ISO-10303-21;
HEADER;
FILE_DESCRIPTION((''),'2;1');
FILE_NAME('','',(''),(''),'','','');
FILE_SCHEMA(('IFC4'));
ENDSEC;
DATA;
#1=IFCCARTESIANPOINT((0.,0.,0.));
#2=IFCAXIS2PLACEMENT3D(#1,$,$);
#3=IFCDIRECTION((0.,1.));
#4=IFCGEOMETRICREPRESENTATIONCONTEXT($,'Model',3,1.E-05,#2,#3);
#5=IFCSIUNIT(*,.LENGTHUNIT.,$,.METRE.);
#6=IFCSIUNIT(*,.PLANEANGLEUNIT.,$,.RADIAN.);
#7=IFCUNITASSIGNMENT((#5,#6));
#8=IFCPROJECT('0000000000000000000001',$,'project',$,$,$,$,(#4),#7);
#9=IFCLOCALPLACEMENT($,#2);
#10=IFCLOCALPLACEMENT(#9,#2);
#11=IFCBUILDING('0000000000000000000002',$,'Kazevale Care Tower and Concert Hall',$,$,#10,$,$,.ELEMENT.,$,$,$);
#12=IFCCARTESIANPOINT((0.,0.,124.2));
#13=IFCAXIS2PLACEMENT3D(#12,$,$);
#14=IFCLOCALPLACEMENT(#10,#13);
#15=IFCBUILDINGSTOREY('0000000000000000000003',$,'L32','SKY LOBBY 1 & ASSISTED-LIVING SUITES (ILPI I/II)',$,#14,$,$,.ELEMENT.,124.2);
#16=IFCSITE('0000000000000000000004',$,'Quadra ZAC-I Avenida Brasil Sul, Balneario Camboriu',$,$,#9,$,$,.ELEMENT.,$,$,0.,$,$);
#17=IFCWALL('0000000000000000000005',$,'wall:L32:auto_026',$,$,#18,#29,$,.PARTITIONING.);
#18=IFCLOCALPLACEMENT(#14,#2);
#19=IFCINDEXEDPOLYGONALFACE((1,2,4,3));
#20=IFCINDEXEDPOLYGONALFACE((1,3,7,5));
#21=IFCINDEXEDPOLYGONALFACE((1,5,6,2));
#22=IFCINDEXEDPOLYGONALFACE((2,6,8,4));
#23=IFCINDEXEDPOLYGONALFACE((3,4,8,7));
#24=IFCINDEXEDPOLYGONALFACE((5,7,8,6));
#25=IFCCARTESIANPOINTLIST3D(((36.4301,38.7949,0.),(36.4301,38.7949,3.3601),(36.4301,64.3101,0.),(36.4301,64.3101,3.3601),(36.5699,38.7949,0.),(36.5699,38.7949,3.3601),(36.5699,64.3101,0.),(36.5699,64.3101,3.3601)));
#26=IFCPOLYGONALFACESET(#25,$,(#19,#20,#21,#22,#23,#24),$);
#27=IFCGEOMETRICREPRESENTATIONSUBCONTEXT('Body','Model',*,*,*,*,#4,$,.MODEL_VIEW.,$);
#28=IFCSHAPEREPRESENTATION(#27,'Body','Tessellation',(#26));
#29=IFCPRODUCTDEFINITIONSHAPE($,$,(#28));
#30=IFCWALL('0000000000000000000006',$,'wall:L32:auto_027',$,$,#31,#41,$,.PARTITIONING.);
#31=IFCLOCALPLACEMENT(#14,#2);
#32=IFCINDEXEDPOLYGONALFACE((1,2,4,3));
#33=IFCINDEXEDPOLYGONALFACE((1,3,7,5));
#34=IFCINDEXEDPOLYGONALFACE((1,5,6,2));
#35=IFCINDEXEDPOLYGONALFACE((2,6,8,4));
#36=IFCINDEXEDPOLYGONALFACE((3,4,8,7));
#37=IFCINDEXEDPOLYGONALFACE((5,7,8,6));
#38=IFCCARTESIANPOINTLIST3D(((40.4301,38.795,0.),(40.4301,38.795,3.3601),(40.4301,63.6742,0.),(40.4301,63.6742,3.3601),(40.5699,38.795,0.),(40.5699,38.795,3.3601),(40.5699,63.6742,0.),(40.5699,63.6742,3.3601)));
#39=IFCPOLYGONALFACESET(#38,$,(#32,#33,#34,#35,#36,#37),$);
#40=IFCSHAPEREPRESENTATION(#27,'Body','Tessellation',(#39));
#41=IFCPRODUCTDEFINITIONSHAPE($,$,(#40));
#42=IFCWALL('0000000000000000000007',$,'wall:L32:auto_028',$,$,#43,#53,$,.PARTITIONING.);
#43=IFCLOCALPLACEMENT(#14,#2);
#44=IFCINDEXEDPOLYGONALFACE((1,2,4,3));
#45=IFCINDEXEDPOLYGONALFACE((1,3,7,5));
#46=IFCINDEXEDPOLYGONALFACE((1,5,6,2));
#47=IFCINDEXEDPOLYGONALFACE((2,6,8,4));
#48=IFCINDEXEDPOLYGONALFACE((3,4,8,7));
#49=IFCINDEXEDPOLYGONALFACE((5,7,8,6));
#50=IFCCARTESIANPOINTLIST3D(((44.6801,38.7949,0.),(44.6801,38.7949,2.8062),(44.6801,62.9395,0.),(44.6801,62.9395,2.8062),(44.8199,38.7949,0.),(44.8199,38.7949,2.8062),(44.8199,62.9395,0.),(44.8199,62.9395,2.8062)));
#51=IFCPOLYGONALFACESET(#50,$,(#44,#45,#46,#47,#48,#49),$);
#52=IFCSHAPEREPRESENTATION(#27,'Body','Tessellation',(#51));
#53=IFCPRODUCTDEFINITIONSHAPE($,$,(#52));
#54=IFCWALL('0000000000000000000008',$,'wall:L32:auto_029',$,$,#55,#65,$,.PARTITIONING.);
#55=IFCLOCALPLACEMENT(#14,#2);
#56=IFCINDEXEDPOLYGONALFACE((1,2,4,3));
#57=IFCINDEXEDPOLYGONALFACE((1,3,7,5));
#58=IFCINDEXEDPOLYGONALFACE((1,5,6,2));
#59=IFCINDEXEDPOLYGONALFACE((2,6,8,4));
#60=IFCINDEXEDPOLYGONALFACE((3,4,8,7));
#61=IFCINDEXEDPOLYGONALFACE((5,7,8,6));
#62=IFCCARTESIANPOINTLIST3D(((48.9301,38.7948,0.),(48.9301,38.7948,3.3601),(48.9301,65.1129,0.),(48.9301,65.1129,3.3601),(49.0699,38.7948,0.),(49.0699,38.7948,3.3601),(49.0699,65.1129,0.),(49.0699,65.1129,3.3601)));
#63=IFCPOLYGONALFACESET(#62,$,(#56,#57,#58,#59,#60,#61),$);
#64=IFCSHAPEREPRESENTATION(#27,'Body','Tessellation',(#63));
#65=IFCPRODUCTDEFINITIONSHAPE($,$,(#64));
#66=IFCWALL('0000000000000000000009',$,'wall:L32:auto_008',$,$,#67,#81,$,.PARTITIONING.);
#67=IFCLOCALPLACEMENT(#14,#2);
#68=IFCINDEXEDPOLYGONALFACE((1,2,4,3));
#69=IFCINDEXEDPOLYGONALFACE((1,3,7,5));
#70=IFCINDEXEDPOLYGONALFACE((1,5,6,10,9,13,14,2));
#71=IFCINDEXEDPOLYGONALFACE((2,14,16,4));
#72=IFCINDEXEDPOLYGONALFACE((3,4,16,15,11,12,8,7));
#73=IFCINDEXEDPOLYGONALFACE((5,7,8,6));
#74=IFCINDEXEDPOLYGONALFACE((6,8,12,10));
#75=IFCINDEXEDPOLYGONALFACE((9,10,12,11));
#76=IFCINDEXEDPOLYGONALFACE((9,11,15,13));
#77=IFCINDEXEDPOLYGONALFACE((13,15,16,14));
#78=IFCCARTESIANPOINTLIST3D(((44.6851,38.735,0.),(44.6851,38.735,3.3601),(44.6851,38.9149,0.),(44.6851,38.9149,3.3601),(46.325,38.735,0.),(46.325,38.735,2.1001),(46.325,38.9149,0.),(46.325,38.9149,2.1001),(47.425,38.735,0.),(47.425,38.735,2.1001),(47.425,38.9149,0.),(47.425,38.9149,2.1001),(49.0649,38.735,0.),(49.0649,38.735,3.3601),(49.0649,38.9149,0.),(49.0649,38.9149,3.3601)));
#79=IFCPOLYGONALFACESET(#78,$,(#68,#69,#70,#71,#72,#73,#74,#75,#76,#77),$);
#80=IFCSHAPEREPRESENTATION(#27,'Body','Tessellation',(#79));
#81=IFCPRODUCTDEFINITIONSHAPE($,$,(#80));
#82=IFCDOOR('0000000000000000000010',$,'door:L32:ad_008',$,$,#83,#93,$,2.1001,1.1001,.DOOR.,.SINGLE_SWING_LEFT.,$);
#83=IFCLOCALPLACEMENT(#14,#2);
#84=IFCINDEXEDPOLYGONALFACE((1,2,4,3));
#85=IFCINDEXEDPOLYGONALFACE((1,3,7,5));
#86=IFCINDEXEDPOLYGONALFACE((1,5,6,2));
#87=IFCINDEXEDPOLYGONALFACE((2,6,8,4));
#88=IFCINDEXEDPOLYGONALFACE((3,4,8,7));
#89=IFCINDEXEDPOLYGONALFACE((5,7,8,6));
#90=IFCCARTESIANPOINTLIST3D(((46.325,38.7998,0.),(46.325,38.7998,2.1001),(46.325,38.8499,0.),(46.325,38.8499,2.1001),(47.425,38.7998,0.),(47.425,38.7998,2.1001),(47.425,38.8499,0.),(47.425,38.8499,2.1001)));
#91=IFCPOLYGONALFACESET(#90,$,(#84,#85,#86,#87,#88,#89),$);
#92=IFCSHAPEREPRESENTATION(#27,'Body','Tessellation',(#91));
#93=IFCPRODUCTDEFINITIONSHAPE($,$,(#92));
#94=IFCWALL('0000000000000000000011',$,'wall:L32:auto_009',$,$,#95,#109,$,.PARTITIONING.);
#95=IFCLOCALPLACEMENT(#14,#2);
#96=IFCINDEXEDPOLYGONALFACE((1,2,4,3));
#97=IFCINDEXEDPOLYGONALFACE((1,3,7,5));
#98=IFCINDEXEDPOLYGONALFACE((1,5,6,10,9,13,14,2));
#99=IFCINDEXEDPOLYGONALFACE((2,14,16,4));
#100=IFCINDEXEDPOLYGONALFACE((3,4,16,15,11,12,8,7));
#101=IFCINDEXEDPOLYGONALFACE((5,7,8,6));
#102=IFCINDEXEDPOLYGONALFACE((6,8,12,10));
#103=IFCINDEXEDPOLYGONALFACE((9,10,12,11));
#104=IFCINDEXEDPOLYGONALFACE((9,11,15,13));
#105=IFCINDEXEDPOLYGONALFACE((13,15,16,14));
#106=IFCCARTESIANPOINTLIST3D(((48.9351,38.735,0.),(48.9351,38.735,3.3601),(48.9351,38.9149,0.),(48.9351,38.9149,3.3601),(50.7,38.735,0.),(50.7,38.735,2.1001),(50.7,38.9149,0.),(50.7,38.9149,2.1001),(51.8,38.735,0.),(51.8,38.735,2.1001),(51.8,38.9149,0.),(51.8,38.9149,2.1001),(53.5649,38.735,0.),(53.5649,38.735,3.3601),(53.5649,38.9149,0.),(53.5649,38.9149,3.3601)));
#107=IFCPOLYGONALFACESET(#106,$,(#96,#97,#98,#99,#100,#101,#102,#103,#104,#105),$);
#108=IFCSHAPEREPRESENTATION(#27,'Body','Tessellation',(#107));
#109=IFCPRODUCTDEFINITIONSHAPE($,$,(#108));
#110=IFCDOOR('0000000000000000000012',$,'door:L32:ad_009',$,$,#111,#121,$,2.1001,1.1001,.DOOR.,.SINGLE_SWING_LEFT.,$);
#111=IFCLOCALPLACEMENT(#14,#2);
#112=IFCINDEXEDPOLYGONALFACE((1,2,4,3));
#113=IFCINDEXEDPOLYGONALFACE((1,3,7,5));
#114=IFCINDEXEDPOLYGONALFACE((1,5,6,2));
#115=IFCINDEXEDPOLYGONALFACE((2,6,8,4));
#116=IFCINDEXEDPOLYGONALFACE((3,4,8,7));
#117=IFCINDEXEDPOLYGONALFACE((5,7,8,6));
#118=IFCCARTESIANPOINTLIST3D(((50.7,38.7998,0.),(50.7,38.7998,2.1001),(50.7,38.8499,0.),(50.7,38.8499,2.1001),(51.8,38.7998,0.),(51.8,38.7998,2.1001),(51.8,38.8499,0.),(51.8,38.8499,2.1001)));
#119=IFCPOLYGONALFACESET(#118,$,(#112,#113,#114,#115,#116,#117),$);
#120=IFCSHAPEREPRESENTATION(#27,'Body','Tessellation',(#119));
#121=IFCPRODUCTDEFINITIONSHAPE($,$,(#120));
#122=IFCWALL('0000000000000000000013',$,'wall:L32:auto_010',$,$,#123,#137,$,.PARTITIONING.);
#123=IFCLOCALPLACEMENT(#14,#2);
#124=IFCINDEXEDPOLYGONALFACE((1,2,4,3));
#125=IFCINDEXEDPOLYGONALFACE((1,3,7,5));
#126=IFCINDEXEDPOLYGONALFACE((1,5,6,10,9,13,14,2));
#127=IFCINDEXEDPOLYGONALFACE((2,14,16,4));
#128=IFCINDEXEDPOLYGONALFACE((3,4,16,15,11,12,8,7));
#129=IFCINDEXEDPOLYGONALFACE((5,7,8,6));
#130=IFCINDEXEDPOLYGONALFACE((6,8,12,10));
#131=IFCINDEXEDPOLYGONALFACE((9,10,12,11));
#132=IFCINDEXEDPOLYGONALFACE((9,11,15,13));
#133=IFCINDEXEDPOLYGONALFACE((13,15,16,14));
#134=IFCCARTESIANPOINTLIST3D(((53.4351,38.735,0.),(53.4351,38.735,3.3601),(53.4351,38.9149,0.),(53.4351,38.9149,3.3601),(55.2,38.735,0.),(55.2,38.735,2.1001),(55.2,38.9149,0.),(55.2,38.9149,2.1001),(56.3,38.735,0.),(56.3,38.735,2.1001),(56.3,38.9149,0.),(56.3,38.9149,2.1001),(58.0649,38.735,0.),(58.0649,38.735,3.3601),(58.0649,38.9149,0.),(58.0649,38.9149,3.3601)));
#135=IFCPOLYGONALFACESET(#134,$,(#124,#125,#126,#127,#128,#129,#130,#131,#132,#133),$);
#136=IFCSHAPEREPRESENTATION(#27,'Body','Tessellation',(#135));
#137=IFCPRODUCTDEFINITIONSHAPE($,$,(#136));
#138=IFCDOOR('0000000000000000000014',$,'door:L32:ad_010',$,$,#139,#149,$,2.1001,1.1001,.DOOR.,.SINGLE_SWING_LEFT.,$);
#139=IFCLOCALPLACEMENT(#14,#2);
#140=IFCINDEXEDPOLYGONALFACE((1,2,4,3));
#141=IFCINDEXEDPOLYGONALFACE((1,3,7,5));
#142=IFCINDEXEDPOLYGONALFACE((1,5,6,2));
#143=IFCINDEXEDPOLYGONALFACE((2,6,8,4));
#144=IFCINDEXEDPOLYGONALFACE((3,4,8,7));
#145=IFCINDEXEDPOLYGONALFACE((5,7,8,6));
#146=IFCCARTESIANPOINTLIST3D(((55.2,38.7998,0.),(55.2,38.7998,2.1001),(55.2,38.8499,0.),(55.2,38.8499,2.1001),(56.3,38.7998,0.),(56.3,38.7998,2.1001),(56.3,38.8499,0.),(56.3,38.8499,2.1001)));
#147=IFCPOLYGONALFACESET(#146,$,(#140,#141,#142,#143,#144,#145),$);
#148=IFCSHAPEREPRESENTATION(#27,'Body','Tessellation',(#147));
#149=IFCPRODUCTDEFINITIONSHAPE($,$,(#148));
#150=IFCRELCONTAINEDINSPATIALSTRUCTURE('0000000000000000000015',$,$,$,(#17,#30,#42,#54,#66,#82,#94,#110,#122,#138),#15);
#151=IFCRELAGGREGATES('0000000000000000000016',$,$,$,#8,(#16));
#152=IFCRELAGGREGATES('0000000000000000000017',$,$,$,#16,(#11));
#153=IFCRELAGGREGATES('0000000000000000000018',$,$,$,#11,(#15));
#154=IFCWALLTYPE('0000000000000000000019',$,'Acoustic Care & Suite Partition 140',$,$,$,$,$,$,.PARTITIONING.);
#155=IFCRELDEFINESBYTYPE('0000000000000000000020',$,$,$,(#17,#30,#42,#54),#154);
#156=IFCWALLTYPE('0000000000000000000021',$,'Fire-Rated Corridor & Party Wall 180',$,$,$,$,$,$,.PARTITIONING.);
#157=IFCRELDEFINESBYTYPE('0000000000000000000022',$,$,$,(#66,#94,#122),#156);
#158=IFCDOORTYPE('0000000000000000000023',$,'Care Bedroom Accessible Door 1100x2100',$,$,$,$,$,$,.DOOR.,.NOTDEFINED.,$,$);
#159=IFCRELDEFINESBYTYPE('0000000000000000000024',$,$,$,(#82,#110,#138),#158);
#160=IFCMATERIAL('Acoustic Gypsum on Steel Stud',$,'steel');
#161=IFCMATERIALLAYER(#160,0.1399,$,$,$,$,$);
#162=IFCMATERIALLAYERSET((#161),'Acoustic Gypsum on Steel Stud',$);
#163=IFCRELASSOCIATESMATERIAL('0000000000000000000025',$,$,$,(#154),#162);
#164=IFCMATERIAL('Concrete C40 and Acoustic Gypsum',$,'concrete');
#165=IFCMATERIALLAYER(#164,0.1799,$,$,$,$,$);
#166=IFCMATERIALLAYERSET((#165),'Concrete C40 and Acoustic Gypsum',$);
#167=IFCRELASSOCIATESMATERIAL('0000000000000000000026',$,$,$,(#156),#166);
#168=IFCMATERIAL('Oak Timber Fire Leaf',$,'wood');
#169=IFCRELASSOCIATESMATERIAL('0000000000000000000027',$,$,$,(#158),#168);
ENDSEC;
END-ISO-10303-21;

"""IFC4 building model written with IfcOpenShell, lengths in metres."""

from ifc_helpers import new_model, si_unit, direction, frame, frame_2d, origin, place, context, subcontext, project, spatial, rectangle, extrude, material, layer, layer_set, type_object, element, fill, save


model = new_model("IFC4")

# Units and contexts
model_context = context("Model", 3, precision=1e-05, world=origin(), true_north=direction((0.0, 1.0)))
body_context = subcontext(model_context, "Body", "Model", "MODEL_VIEW")
ifc_project = project(units=[si_unit("LENGTHUNIT", "METRE"), si_unit("PLANEANGLEUNIT", "RADIAN")], contexts=[model_context])

# Site, building, storey
site_placement = place(None, origin())
site = spatial("IfcSite", under=ifc_project, at=site_placement, Name="Quadra ZAC-I Avenida Brasil Sul, Balneario Camboriu", CompositionType="ELEMENT", RefElevation=0.0)
building_placement = place(site_placement, origin())
building = spatial("IfcBuilding", under=site, at=building_placement, Name="Kazevale Care Tower and Concert Hall", CompositionType="ELEMENT")
storey_placement = place(building_placement, frame((0.0, 0.0, 124.2)))
storey = spatial("IfcBuildingStorey", under=building, at=storey_placement, Name="L32", Description="SKY LOBBY 1 & ASSISTED-LIVING SUITES (ILPI I/II)", CompositionType="ELEMENT", Elevation=124.2)

# Walls
ifc_material_1 = material(Name="Acoustic Gypsum on Steel Stud", Category="steel")
ifc_layer_1 = layer(ifc_material_1, 0.1399)
ifc_layer_set_1 = layer_set([ifc_layer_1], Name="Acoustic Gypsum on Steel Stud")
wall_type_1 = type_object("IfcWallType", Name="Acoustic Care & Suite Partition 140", PredefinedType="PARTITIONING", material=ifc_layer_set_1)
wall_1_placement = place(storey_placement, frame((36.5, 64.3101, 0.0), z_axis=(0.0, 0.0, 1.0), x_axis=(0.0, -1.0, 0.0)))
element("IfcWall", 1, at=wall_1_placement, inside=storey, type_object=wall_type_1, Name="wall:L32:auto_026", PredefinedType="PARTITIONING", context=body_context, shape_type="SweptSolid", body=[
    extrude(rectangle(XDim=25.5151, YDim=0.1399, at=frame_2d((12.7576, 0.0))), origin(), (0.0, 0.0, 1.0), 3.3601),
])
wall_2_placement = place(storey_placement, frame((40.5, 63.6741, 0.0), z_axis=(0.0, 0.0, 1.0), x_axis=(0.0, -1.0, 0.0)))
element("IfcWall", 2, at=wall_2_placement, inside=storey, type_object=wall_type_1, Name="wall:L32:auto_027", PredefinedType="PARTITIONING", context=body_context, shape_type="SweptSolid", body=[
    extrude(rectangle(XDim=24.8792, YDim=0.1399, at=frame_2d((12.4395, 0.0))), origin(), (0.0, 0.0, 1.0), 3.3601),
])
wall_3_placement = place(storey_placement, frame((44.75, 62.9395, 0.0), z_axis=(0.0, 0.0, 1.0), x_axis=(0.0, -1.0, 0.0)))
element("IfcWall", 3, at=wall_3_placement, inside=storey, type_object=wall_type_1, Name="wall:L32:auto_028", PredefinedType="PARTITIONING", context=body_context, shape_type="SweptSolid", body=[
    extrude(rectangle(XDim=24.1445, YDim=0.1399, at=frame_2d((12.0723, 0.0))), origin(), (0.0, 0.0, 1.0), 2.8062),
])
wall_4_placement = place(storey_placement, frame((49.0, 65.113, 0.0), z_axis=(0.0, 0.0, 1.0), x_axis=(0.0, -1.0, 0.0)))
element("IfcWall", 4, at=wall_4_placement, inside=storey, type_object=wall_type_1, Name="wall:L32:auto_029", PredefinedType="PARTITIONING", context=body_context, shape_type="SweptSolid", body=[
    extrude(rectangle(XDim=26.3181, YDim=0.1399, at=frame_2d((13.1592, 0.0))), origin(), (0.0, 0.0, 1.0), 3.3601),
])

# Walls, openings, doors
ifc_material_2 = material(Name="Concrete C40 and Acoustic Gypsum", Category="concrete")
ifc_layer_2 = layer(ifc_material_2, 0.1799)
ifc_layer_set_2 = layer_set([ifc_layer_2], Name="Concrete C40 and Acoustic Gypsum")
wall_type_2 = type_object("IfcWallType", Name="Fire-Rated Corridor & Party Wall 180", PredefinedType="PARTITIONING", material=ifc_layer_set_2)
wall_5_placement = place(storey_placement, frame((44.6851, 38.825, 0.0), z_axis=(0.0, 0.0, 1.0), x_axis=(1.0, 0.0, 0.0)))
wall_5 = element("IfcWall", 5, at=wall_5_placement, inside=storey, type_object=wall_type_2, Name="wall:L32:auto_008", PredefinedType="PARTITIONING", context=body_context, shape_type="SweptSolid", body=[
    extrude(rectangle(XDim=4.3799, YDim=0.1799, at=frame_2d((2.1899, 0.0))), origin(), (0.0, 0.0, 1.0), 3.3601),
])
opening_1_placement = place(wall_5_placement, frame((1.6399, 0.0, 0.0)))
opening_1 = element("IfcOpeningElement", 6, at=opening_1_placement, cuts=wall_5, PredefinedType="OPENING", context=body_context, shape_type="SweptSolid", body=[
    extrude(rectangle(XDim=1.1001, YDim=2.1001, at=frame_2d((0.55, 1.05))), frame((0.0, 0.0999, 0.0), z_axis=(0.0, -1.0, 0.0), x_axis=(1.0, 0.0, 0.0)), (0.0, 0.0, 1.0), 0.2),
])
ifc_material_3 = material(Name="Oak Timber Fire Leaf", Category="wood")
door_type = type_object("IfcDoorType", Name="Care Bedroom Accessible Door 1100x2100", OperationType="NOTDEFINED", PredefinedType="DOOR", material=ifc_material_3)
door_1_placement = place(opening_1_placement, origin())
door_1 = element("IfcDoor", 7, at=door_1_placement, inside=storey, type_object=door_type, Name="door:L32:ad_008", OperationType="SINGLE_SWING_LEFT", OverallHeight=2.1001, OverallWidth=1.1001, PredefinedType="DOOR", context=body_context, shape_type="SweptSolid", body=[
    extrude(rectangle(XDim=1.1001, YDim=2.1001, at=frame_2d((0.55, 1.05))), frame((0.0, 0.0249, 0.0), z_axis=(0.0, -1.0, 0.0), x_axis=(1.0, 0.0, 0.0)), (0.0, 0.0, 1.0), 0.05),
])
fill(opening_1, door_1)
wall_6_placement = place(storey_placement, frame((48.9351, 38.825, 0.0), z_axis=(0.0, 0.0, 1.0), x_axis=(1.0, 0.0, 0.0)))
wall_6 = element("IfcWall", 8, at=wall_6_placement, inside=storey, type_object=wall_type_2, Name="wall:L32:auto_009", PredefinedType="PARTITIONING", context=body_context, shape_type="SweptSolid", body=[
    extrude(rectangle(XDim=4.6299, YDim=0.1799, at=frame_2d((2.3149, 0.0))), origin(), (0.0, 0.0, 1.0), 3.3601),
])
opening_2_placement = place(wall_6_placement, frame((1.7649, 0.0, 0.0)))
opening_2 = element("IfcOpeningElement", 9, at=opening_2_placement, cuts=wall_6, PredefinedType="OPENING", context=body_context, shape_type="SweptSolid", body=[
    extrude(rectangle(XDim=1.1001, YDim=2.1001, at=frame_2d((0.55, 1.05))), frame((0.0, 0.0999, 0.0), z_axis=(0.0, -1.0, 0.0), x_axis=(1.0, 0.0, 0.0)), (0.0, 0.0, 1.0), 0.2),
])
door_2_placement = place(opening_2_placement, origin())
door_2 = element("IfcDoor", 10, at=door_2_placement, inside=storey, type_object=door_type, Name="door:L32:ad_009", OperationType="SINGLE_SWING_LEFT", OverallHeight=2.1001, OverallWidth=1.1001, PredefinedType="DOOR", context=body_context, shape_type="SweptSolid", body=[
    extrude(rectangle(XDim=1.1001, YDim=2.1001, at=frame_2d((0.55, 1.05))), frame((0.0, 0.0249, 0.0), z_axis=(0.0, -1.0, 0.0), x_axis=(1.0, 0.0, 0.0)), (0.0, 0.0, 1.0), 0.05),
])
fill(opening_2, door_2)
wall_7_placement = place(storey_placement, frame((53.4351, 38.825, 0.0), z_axis=(0.0, 0.0, 1.0), x_axis=(1.0, 0.0, 0.0)))
wall_7 = element("IfcWall", 11, at=wall_7_placement, inside=storey, type_object=wall_type_2, Name="wall:L32:auto_010", PredefinedType="PARTITIONING", context=body_context, shape_type="SweptSolid", body=[
    extrude(rectangle(XDim=4.6299, YDim=0.1799, at=frame_2d((2.3149, 0.0))), origin(), (0.0, 0.0, 1.0), 3.3601),
])
opening_3_placement = place(wall_7_placement, frame((1.7649, 0.0, 0.0)))
opening_3 = element("IfcOpeningElement", 12, at=opening_3_placement, cuts=wall_7, PredefinedType="OPENING", context=body_context, shape_type="SweptSolid", body=[
    extrude(rectangle(XDim=1.1001, YDim=2.1001, at=frame_2d((0.55, 1.05))), frame((0.0, 0.0999, 0.0), z_axis=(0.0, -1.0, 0.0), x_axis=(1.0, 0.0, 0.0)), (0.0, 0.0, 1.0), 0.2),
])
door_3_placement = place(opening_3_placement, origin())
door_3 = element("IfcDoor", 13, at=door_3_placement, inside=storey, type_object=door_type, Name="door:L32:ad_010", OperationType="SINGLE_SWING_LEFT", OverallHeight=2.1001, OverallWidth=1.1001, PredefinedType="DOOR", context=body_context, shape_type="SweptSolid", body=[
    extrude(rectangle(XDim=1.1001, YDim=2.1001, at=frame_2d((0.55, 1.05))), frame((0.0, 0.0249, 0.0), z_axis=(0.0, -1.0, 0.0), x_axis=(1.0, 0.0, 0.0)), (0.0, 0.0, 1.0), 0.05),
])
fill(opening_3, door_3)

save(model, "model.ifc")
